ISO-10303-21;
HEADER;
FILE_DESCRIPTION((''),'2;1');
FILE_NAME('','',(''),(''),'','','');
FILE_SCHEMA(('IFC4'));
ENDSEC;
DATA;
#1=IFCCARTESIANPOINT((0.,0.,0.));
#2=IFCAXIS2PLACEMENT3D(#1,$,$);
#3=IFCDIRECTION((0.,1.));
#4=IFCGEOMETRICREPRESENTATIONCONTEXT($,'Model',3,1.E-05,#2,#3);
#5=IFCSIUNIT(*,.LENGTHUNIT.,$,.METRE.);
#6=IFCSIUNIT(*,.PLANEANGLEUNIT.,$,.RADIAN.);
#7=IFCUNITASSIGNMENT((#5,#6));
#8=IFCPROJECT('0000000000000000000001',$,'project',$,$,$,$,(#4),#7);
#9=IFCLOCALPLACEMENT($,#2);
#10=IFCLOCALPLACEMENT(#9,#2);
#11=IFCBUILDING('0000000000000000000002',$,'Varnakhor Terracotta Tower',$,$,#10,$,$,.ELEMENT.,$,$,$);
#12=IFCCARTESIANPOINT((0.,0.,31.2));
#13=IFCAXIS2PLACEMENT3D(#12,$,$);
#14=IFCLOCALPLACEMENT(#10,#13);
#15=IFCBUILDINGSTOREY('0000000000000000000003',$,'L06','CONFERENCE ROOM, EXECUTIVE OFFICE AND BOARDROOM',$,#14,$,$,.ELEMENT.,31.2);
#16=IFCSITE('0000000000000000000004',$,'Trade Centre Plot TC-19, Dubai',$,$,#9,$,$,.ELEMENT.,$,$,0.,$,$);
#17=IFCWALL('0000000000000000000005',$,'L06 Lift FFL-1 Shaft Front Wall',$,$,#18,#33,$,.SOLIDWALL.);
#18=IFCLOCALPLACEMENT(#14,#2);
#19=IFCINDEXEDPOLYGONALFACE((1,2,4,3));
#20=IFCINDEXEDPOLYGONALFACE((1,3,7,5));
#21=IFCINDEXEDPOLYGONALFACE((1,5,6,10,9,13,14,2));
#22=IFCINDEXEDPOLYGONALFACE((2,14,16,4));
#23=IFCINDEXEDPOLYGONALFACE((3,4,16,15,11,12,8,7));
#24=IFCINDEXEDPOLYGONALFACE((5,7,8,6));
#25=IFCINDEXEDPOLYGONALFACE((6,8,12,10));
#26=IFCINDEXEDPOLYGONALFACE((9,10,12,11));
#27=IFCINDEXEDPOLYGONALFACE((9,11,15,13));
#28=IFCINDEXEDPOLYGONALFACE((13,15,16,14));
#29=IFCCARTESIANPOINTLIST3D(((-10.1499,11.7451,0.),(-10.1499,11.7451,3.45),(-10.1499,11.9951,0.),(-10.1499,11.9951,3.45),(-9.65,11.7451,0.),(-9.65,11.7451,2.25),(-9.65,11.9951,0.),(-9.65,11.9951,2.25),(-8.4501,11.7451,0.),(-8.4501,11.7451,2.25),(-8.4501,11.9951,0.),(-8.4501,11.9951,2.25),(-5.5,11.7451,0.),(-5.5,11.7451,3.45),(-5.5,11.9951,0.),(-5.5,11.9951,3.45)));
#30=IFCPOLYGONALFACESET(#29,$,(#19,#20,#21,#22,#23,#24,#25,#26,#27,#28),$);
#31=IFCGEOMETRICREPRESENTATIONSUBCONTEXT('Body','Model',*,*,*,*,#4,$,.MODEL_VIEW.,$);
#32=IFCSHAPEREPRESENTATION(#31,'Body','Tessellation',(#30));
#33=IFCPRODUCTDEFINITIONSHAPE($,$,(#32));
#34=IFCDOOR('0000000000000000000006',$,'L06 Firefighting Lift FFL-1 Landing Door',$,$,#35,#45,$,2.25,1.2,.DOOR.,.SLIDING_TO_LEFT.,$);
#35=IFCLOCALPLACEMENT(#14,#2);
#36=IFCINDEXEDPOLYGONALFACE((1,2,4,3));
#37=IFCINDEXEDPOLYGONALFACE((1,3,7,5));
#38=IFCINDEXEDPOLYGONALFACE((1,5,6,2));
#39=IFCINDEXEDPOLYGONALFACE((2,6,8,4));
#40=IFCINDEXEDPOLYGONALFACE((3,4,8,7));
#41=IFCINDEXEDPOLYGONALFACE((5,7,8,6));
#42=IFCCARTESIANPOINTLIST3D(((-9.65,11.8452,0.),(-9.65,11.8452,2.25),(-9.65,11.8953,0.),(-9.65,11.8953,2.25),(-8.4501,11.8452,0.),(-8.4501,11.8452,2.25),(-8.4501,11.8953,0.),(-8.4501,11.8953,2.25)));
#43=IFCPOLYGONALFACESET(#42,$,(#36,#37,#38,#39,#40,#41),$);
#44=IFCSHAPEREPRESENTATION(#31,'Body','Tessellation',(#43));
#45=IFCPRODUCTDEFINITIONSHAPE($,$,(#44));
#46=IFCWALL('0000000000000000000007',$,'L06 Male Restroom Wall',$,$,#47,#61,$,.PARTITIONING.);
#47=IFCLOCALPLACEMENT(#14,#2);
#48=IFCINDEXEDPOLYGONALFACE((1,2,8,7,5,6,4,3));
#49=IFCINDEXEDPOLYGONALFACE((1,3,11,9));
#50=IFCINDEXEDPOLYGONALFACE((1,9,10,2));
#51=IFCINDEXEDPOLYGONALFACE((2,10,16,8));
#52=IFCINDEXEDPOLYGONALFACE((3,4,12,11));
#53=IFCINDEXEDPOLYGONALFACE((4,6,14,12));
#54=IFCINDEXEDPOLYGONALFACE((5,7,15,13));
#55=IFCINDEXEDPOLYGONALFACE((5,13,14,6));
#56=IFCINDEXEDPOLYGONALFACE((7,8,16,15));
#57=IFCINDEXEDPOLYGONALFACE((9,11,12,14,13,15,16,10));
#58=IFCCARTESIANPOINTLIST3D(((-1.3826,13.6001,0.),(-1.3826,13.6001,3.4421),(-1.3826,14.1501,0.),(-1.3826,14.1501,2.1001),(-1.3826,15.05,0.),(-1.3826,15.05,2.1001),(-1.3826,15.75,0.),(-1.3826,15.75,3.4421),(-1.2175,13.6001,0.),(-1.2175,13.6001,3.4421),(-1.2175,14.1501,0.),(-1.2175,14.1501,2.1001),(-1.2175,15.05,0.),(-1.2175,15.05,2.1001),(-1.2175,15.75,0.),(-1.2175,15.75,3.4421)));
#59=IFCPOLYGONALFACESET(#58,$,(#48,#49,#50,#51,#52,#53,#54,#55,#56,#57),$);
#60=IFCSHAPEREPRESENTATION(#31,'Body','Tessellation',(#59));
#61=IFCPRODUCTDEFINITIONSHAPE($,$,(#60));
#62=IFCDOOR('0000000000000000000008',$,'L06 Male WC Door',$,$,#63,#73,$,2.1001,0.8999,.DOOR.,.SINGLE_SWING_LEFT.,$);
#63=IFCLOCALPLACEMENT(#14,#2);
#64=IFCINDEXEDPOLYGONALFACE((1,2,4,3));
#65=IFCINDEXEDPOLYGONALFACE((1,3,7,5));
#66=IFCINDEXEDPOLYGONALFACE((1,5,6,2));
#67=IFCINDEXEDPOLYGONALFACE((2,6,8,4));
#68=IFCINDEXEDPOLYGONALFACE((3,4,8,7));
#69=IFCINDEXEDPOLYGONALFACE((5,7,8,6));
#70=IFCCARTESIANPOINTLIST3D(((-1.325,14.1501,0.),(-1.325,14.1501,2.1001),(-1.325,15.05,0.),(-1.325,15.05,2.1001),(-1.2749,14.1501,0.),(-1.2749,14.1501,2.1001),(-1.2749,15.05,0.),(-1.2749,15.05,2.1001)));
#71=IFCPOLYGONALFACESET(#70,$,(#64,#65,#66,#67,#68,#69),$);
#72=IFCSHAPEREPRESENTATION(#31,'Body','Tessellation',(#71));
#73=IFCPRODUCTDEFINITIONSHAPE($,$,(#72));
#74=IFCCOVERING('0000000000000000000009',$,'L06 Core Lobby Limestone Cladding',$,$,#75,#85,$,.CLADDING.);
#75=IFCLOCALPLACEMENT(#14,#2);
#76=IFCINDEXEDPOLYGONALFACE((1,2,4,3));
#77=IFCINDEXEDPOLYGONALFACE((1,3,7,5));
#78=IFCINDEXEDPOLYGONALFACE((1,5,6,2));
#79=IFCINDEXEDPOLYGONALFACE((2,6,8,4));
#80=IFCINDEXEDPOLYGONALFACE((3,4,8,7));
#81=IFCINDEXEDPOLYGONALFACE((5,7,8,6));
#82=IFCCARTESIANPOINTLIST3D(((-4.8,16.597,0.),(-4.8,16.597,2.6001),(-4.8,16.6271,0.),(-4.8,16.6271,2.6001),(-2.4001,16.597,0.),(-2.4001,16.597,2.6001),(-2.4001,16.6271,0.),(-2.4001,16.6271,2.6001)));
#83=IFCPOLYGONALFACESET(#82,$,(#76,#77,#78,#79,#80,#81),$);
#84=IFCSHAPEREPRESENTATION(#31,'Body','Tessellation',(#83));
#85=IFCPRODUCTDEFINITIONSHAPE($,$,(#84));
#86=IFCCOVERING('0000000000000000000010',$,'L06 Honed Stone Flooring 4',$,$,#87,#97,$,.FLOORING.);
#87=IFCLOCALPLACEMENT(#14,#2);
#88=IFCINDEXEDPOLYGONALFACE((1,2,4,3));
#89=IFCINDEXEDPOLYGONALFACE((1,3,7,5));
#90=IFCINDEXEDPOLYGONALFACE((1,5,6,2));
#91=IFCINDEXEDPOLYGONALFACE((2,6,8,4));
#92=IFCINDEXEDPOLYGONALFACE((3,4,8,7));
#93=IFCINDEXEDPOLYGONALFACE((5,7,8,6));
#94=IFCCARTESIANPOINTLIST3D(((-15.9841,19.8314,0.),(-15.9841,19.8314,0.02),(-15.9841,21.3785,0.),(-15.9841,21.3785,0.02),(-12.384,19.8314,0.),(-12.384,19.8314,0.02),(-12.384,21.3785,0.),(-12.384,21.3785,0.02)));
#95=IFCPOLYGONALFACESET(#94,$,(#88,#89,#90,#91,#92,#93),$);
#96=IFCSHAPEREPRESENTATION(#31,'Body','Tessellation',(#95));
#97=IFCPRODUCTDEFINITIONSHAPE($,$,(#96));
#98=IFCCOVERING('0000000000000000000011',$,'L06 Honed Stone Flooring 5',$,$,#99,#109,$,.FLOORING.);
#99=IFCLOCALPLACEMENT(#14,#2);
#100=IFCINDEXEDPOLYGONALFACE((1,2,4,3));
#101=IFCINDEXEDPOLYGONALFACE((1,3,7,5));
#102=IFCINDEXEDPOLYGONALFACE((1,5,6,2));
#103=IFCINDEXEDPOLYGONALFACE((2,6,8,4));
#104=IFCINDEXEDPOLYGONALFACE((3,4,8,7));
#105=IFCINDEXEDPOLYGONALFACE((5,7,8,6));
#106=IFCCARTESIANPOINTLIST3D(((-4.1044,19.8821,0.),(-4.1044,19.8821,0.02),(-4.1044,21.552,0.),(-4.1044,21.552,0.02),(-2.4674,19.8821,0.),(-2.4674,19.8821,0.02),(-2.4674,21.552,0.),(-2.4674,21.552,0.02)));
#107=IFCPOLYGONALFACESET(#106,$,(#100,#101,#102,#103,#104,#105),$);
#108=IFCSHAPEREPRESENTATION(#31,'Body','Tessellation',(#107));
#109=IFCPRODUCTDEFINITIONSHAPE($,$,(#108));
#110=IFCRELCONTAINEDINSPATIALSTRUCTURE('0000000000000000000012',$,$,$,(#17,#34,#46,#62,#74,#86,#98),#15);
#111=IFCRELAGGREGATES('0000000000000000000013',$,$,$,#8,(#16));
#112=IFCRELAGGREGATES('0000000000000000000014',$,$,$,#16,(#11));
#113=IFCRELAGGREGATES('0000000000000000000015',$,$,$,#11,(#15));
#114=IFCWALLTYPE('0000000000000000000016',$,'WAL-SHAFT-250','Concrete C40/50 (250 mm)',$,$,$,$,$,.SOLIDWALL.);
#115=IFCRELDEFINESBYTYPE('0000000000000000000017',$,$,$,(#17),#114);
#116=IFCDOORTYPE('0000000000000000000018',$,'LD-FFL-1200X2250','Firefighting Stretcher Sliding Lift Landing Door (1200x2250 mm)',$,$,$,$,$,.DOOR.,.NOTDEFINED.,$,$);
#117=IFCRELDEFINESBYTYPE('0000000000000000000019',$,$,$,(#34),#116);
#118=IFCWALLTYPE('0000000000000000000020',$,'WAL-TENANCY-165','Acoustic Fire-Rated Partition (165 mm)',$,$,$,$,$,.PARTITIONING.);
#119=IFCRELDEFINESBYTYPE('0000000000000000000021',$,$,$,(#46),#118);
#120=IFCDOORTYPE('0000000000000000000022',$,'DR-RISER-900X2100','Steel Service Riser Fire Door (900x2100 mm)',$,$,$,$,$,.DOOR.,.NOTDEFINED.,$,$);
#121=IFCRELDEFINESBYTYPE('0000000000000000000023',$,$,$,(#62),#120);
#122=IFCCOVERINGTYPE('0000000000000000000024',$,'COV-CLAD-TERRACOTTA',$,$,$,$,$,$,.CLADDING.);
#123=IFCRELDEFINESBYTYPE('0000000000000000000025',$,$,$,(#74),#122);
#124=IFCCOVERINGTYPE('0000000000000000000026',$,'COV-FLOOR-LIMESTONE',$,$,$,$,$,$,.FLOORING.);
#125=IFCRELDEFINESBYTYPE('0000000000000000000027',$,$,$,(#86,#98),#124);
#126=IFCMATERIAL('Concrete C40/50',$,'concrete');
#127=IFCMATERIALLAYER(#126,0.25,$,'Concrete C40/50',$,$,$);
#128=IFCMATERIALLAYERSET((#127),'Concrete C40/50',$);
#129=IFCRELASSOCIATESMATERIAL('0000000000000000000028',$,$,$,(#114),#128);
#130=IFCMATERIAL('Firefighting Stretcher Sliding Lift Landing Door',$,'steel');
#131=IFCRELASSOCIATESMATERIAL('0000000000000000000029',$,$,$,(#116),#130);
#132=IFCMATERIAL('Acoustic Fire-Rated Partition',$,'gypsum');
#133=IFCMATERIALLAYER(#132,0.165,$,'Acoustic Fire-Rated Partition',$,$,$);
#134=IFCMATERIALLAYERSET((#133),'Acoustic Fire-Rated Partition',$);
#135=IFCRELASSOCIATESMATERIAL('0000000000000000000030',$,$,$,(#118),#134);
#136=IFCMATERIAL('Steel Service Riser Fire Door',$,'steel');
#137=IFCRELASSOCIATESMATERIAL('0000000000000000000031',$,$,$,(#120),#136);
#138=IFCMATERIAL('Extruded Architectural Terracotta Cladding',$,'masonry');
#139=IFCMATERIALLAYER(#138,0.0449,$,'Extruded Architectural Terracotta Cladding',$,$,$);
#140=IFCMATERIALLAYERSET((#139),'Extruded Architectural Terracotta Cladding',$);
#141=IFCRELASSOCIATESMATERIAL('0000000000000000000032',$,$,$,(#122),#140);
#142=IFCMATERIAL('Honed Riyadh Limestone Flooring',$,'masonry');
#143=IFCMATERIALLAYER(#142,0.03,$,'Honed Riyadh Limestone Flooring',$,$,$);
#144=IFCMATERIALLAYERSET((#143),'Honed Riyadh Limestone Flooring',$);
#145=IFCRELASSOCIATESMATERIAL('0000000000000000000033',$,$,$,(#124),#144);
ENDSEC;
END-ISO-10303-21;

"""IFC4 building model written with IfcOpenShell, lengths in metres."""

from ifc_helpers import new_model, si_unit, direction, frame, frame_2d, origin, origin_2d, place, context, subcontext, project, spatial, rectangle, extrude, source, transform, mapped, material, layer, layer_set, type_object, type_shapes, element, fill, save


model = new_model("IFC4")

# Units and contexts
model_context = context("Model", 3, precision=1e-05, world=origin(), true_north=direction((0.0, 1.0)))
body_context = subcontext(model_context, "Body", "Model", "MODEL_VIEW")
ifc_project = project(units=[si_unit("LENGTHUNIT", "METRE"), si_unit("PLANEANGLEUNIT", "RADIAN")], contexts=[model_context])

# Site, building, storey
site_placement = place(None, origin())
site = spatial("IfcSite", under=ifc_project, at=site_placement, Name="Trade Centre Plot TC-19, Dubai", CompositionType="ELEMENT", RefElevation=0.0)
building_placement = place(site_placement, origin())
building = spatial("IfcBuilding", under=site, at=building_placement, Name="Varnakhor Terracotta Tower", CompositionType="ELEMENT")
storey_placement = place(building_placement, frame((0.0, 0.0, 31.2)))
storey = spatial("IfcBuildingStorey", under=building, at=storey_placement, Name="L06", Description="CONFERENCE ROOM, EXECUTIVE OFFICE AND BOARDROOM", CompositionType="ELEMENT", Elevation=31.2)

# Shared definitions
ifc_material_1 = material(Name="Concrete C40/50", Category="concrete")

# Walls, openings, doors
ifc_layer_1 = layer(ifc_material_1, 0.25, Name="Concrete C40/50")
ifc_layer_set_1 = layer_set([ifc_layer_1], Name="Concrete C40/50")
wall_type_1 = type_object("IfcWallType", Name="WAL-SHAFT-250", Description="Concrete C40/50 (250 mm)", PredefinedType="SOLIDWALL", material=ifc_layer_set_1)
wall_1_placement = place(storey_placement, frame((-5.5, 11.8701, 0.0), z_axis=(0.0, 0.0, 1.0), x_axis=(-1.0, 0.0, 0.0)))
wall_1 = element("IfcWall", 1, at=wall_1_placement, inside=storey, type_object=wall_type_1, Name="L06 Lift FFL-1 Shaft Front Wall", PredefinedType="SOLIDWALL", context=body_context, shape_type="SweptSolid", body=[
    extrude(rectangle(XDim=4.6499, YDim=0.25, at=frame_2d((2.325, 0.0))), origin(), (0.0, 0.0, 1.0), 3.45),
])
opening_1_placement = place(wall_1_placement, frame((2.95, 0.0, 0.0)))
opening_1 = element("IfcOpeningElement", 2, at=opening_1_placement, cuts=wall_1, PredefinedType="OPENING", context=body_context, shape_type="SweptSolid", body=[
    extrude(rectangle(XDim=1.2, YDim=2.25, at=frame_2d((0.6001, 1.125))), frame((0.0, 0.135, 0.0), z_axis=(0.0, -1.0, 0.0), x_axis=(1.0, 0.0, 0.0)), (0.0, 0.0, 1.0), 0.27),
])
ifc_material_2 = material(Name="Firefighting Stretcher Sliding Lift Landing Door", Category="steel")
door_type_1 = type_object("IfcDoorType", Name="LD-FFL-1200X2250", Description="Firefighting Stretcher Sliding Lift Landing Door (1200x2250 mm)", OperationType="NOTDEFINED", PredefinedType="DOOR", material=ifc_material_2)
shared_shape_1 = source(origin(), body_context, "Body", "SweptSolid", [
    extrude(rectangle(XDim=1.2, YDim=2.25, at=frame_2d((0.6001, 1.125))), frame((0.0, 0.0249, 0.0), z_axis=(0.0, -1.0, 0.0), x_axis=(1.0, 0.0, 0.0)), (0.0, 0.0, 1.0), 0.05),
])
type_shapes(door_type_1, [shared_shape_1])
door_1_placement = place(opening_1_placement, origin())
door_1 = element("IfcDoor", 3, at=door_1_placement, inside=storey, type_object=door_type_1, Name="L06 Firefighting Lift FFL-1 Landing Door", OperationType="SLIDING_TO_LEFT", OverallHeight=2.25, OverallWidth=1.2, PredefinedType="DOOR", context=body_context, shape_type="MappedRepresentation", body=[
    mapped(shared_shape_1, transform((0.0, 0.0, 0.0), scale=1.0)),
])
fill(opening_1, door_1)
ifc_material_3 = material(Name="Acoustic Fire-Rated Partition", Category="gypsum")
ifc_layer_2 = layer(ifc_material_3, 0.165, Name="Acoustic Fire-Rated Partition")
ifc_layer_set_2 = layer_set([ifc_layer_2], Name="Acoustic Fire-Rated Partition")
wall_type_2 = type_object("IfcWallType", Name="WAL-TENANCY-165", Description="Acoustic Fire-Rated Partition (165 mm)", PredefinedType="PARTITIONING", material=ifc_layer_set_2)
wall_2_placement = place(storey_placement, frame((-1.3, 13.6001, 0.0), z_axis=(0.0, 0.0, 1.0), x_axis=(0.0, 1.0, 0.0)))
wall_2 = element("IfcWall", 4, at=wall_2_placement, inside=storey, type_object=wall_type_2, Name="L06 Male Restroom Wall", PredefinedType="PARTITIONING", context=body_context, shape_type="SweptSolid", body=[
    extrude(rectangle(XDim=2.1499, YDim=0.165, at=frame_2d((1.075, 0.0))), origin(), (0.0, 0.0, 1.0), 3.4421),
])
opening_2_placement = place(wall_2_placement, frame((0.55, 0.0, 0.0)))
opening_2 = element("IfcOpeningElement", 5, at=opening_2_placement, cuts=wall_2, PredefinedType="OPENING", context=body_context, shape_type="SweptSolid", body=[
    extrude(rectangle(XDim=0.8999, YDim=2.1001, at=frame_2d((0.45, 1.05))), frame((0.0, 0.0925, 0.0), z_axis=(0.0, -1.0, 0.0), x_axis=(1.0, 0.0, 0.0)), (0.0, 0.0, 1.0), 0.1851),
])
ifc_material_4 = material(Name="Steel Service Riser Fire Door", Category="steel")
door_type_2 = type_object("IfcDoorType", Name="DR-RISER-900X2100", Description="Steel Service Riser Fire Door (900x2100 mm)", OperationType="NOTDEFINED", PredefinedType="DOOR", material=ifc_material_4)
shared_shape_2 = source(origin(), body_context, "Body", "SweptSolid", [
    extrude(rectangle(XDim=0.8999, YDim=2.1001, at=frame_2d((0.45, 1.05))), frame((0.0, 0.0249, 0.0), z_axis=(0.0, -1.0, 0.0), x_axis=(1.0, 0.0, 0.0)), (0.0, 0.0, 1.0), 0.05),
])
type_shapes(door_type_2, [shared_shape_2])
door_2_placement = place(opening_2_placement, origin())
door_2 = element("IfcDoor", 6, at=door_2_placement, inside=storey, type_object=door_type_2, Name="L06 Male WC Door", OperationType="SINGLE_SWING_LEFT", OverallHeight=2.1001, OverallWidth=0.8999, PredefinedType="DOOR", context=body_context, shape_type="MappedRepresentation", body=[
    mapped(shared_shape_2, transform((0.0, 0.0, 0.0), scale=1.0)),
])
fill(opening_2, door_2)

# Coverings
ifc_material_5 = material(Name="Extruded Architectural Terracotta Cladding", Category="masonry")
ifc_layer_3 = layer(ifc_material_5, 0.0449, Name="Extruded Architectural Terracotta Cladding")
ifc_layer_set_3 = layer_set([ifc_layer_3], Name="Extruded Architectural Terracotta Cladding")
covering_type_1 = type_object("IfcCoveringType", Name="COV-CLAD-TERRACOTTA", PredefinedType="CLADDING", material=ifc_layer_set_3)
shared_shape_3 = source(origin(), body_context, "Body", "SweptSolid", [
    extrude(rectangle(XDim=2.3999, YDim=0.03, at=origin_2d()), origin(), (0.0, 0.0, 1.0), 2.6001),
])
type_shapes(covering_type_1, [shared_shape_3])
covering_1_placement = place(storey_placement, frame((-3.6001, 16.6121, 0.0), z_axis=(0.0, 0.0, 1.0), x_axis=(1.0, 0.0, 0.0)))
element("IfcCovering", 7, at=covering_1_placement, inside=storey, type_object=covering_type_1, Name="L06 Core Lobby Limestone Cladding", PredefinedType="CLADDING", context=body_context, shape_type="MappedRepresentation", body=[
    mapped(shared_shape_3, transform((0.0, 0.0, 0.0), scale=1.0)),
])
ifc_material_6 = material(Name="Honed Riyadh Limestone Flooring", Category="masonry")
ifc_layer_4 = layer(ifc_material_6, 0.03, Name="Honed Riyadh Limestone Flooring")
ifc_layer_set_4 = layer_set([ifc_layer_4], Name="Honed Riyadh Limestone Flooring")
covering_type_2 = type_object("IfcCoveringType", Name="COV-FLOOR-LIMESTONE", PredefinedType="FLOORING", material=ifc_layer_set_4)
shared_shape_4 = source(origin(), body_context, "Body", "SweptSolid", [
    extrude(rectangle(XDim=3.6001, YDim=1.5471, at=origin_2d()), origin(), (0.0, 0.0, 1.0), 0.02),
])
covering_2_placement = place(storey_placement, frame((-14.1841, 20.605, 0.0), z_axis=(0.0, 0.0, 1.0), x_axis=(1.0, 0.0, 0.0)))
element("IfcCovering", 8, at=covering_2_placement, inside=storey, type_object=covering_type_2, Name="L06 Honed Stone Flooring 4", PredefinedType="FLOORING", context=body_context, shape_type="MappedRepresentation", body=[
    mapped(shared_shape_4, transform((0.0, 0.0, 0.0), scale=1.0)),
])
shared_shape_5 = source(origin(), body_context, "Body", "SweptSolid", [
    extrude(rectangle(XDim=1.637, YDim=1.6699, at=origin_2d()), origin(), (0.0, 0.0, 1.0), 0.02),
])
covering_3_placement = place(storey_placement, frame((-3.2859, 20.717, 0.0), z_axis=(0.0, 0.0, 1.0), x_axis=(1.0, 0.0, 0.0)))
element("IfcCovering", 9, at=covering_3_placement, inside=storey, type_object=covering_type_2, Name="L06 Honed Stone Flooring 5", PredefinedType="FLOORING", context=body_context, shape_type="MappedRepresentation", body=[
    mapped(shared_shape_5, transform((0.0, 0.0, 0.0), scale=1.0)),
])

save(model, "model.ifc")
